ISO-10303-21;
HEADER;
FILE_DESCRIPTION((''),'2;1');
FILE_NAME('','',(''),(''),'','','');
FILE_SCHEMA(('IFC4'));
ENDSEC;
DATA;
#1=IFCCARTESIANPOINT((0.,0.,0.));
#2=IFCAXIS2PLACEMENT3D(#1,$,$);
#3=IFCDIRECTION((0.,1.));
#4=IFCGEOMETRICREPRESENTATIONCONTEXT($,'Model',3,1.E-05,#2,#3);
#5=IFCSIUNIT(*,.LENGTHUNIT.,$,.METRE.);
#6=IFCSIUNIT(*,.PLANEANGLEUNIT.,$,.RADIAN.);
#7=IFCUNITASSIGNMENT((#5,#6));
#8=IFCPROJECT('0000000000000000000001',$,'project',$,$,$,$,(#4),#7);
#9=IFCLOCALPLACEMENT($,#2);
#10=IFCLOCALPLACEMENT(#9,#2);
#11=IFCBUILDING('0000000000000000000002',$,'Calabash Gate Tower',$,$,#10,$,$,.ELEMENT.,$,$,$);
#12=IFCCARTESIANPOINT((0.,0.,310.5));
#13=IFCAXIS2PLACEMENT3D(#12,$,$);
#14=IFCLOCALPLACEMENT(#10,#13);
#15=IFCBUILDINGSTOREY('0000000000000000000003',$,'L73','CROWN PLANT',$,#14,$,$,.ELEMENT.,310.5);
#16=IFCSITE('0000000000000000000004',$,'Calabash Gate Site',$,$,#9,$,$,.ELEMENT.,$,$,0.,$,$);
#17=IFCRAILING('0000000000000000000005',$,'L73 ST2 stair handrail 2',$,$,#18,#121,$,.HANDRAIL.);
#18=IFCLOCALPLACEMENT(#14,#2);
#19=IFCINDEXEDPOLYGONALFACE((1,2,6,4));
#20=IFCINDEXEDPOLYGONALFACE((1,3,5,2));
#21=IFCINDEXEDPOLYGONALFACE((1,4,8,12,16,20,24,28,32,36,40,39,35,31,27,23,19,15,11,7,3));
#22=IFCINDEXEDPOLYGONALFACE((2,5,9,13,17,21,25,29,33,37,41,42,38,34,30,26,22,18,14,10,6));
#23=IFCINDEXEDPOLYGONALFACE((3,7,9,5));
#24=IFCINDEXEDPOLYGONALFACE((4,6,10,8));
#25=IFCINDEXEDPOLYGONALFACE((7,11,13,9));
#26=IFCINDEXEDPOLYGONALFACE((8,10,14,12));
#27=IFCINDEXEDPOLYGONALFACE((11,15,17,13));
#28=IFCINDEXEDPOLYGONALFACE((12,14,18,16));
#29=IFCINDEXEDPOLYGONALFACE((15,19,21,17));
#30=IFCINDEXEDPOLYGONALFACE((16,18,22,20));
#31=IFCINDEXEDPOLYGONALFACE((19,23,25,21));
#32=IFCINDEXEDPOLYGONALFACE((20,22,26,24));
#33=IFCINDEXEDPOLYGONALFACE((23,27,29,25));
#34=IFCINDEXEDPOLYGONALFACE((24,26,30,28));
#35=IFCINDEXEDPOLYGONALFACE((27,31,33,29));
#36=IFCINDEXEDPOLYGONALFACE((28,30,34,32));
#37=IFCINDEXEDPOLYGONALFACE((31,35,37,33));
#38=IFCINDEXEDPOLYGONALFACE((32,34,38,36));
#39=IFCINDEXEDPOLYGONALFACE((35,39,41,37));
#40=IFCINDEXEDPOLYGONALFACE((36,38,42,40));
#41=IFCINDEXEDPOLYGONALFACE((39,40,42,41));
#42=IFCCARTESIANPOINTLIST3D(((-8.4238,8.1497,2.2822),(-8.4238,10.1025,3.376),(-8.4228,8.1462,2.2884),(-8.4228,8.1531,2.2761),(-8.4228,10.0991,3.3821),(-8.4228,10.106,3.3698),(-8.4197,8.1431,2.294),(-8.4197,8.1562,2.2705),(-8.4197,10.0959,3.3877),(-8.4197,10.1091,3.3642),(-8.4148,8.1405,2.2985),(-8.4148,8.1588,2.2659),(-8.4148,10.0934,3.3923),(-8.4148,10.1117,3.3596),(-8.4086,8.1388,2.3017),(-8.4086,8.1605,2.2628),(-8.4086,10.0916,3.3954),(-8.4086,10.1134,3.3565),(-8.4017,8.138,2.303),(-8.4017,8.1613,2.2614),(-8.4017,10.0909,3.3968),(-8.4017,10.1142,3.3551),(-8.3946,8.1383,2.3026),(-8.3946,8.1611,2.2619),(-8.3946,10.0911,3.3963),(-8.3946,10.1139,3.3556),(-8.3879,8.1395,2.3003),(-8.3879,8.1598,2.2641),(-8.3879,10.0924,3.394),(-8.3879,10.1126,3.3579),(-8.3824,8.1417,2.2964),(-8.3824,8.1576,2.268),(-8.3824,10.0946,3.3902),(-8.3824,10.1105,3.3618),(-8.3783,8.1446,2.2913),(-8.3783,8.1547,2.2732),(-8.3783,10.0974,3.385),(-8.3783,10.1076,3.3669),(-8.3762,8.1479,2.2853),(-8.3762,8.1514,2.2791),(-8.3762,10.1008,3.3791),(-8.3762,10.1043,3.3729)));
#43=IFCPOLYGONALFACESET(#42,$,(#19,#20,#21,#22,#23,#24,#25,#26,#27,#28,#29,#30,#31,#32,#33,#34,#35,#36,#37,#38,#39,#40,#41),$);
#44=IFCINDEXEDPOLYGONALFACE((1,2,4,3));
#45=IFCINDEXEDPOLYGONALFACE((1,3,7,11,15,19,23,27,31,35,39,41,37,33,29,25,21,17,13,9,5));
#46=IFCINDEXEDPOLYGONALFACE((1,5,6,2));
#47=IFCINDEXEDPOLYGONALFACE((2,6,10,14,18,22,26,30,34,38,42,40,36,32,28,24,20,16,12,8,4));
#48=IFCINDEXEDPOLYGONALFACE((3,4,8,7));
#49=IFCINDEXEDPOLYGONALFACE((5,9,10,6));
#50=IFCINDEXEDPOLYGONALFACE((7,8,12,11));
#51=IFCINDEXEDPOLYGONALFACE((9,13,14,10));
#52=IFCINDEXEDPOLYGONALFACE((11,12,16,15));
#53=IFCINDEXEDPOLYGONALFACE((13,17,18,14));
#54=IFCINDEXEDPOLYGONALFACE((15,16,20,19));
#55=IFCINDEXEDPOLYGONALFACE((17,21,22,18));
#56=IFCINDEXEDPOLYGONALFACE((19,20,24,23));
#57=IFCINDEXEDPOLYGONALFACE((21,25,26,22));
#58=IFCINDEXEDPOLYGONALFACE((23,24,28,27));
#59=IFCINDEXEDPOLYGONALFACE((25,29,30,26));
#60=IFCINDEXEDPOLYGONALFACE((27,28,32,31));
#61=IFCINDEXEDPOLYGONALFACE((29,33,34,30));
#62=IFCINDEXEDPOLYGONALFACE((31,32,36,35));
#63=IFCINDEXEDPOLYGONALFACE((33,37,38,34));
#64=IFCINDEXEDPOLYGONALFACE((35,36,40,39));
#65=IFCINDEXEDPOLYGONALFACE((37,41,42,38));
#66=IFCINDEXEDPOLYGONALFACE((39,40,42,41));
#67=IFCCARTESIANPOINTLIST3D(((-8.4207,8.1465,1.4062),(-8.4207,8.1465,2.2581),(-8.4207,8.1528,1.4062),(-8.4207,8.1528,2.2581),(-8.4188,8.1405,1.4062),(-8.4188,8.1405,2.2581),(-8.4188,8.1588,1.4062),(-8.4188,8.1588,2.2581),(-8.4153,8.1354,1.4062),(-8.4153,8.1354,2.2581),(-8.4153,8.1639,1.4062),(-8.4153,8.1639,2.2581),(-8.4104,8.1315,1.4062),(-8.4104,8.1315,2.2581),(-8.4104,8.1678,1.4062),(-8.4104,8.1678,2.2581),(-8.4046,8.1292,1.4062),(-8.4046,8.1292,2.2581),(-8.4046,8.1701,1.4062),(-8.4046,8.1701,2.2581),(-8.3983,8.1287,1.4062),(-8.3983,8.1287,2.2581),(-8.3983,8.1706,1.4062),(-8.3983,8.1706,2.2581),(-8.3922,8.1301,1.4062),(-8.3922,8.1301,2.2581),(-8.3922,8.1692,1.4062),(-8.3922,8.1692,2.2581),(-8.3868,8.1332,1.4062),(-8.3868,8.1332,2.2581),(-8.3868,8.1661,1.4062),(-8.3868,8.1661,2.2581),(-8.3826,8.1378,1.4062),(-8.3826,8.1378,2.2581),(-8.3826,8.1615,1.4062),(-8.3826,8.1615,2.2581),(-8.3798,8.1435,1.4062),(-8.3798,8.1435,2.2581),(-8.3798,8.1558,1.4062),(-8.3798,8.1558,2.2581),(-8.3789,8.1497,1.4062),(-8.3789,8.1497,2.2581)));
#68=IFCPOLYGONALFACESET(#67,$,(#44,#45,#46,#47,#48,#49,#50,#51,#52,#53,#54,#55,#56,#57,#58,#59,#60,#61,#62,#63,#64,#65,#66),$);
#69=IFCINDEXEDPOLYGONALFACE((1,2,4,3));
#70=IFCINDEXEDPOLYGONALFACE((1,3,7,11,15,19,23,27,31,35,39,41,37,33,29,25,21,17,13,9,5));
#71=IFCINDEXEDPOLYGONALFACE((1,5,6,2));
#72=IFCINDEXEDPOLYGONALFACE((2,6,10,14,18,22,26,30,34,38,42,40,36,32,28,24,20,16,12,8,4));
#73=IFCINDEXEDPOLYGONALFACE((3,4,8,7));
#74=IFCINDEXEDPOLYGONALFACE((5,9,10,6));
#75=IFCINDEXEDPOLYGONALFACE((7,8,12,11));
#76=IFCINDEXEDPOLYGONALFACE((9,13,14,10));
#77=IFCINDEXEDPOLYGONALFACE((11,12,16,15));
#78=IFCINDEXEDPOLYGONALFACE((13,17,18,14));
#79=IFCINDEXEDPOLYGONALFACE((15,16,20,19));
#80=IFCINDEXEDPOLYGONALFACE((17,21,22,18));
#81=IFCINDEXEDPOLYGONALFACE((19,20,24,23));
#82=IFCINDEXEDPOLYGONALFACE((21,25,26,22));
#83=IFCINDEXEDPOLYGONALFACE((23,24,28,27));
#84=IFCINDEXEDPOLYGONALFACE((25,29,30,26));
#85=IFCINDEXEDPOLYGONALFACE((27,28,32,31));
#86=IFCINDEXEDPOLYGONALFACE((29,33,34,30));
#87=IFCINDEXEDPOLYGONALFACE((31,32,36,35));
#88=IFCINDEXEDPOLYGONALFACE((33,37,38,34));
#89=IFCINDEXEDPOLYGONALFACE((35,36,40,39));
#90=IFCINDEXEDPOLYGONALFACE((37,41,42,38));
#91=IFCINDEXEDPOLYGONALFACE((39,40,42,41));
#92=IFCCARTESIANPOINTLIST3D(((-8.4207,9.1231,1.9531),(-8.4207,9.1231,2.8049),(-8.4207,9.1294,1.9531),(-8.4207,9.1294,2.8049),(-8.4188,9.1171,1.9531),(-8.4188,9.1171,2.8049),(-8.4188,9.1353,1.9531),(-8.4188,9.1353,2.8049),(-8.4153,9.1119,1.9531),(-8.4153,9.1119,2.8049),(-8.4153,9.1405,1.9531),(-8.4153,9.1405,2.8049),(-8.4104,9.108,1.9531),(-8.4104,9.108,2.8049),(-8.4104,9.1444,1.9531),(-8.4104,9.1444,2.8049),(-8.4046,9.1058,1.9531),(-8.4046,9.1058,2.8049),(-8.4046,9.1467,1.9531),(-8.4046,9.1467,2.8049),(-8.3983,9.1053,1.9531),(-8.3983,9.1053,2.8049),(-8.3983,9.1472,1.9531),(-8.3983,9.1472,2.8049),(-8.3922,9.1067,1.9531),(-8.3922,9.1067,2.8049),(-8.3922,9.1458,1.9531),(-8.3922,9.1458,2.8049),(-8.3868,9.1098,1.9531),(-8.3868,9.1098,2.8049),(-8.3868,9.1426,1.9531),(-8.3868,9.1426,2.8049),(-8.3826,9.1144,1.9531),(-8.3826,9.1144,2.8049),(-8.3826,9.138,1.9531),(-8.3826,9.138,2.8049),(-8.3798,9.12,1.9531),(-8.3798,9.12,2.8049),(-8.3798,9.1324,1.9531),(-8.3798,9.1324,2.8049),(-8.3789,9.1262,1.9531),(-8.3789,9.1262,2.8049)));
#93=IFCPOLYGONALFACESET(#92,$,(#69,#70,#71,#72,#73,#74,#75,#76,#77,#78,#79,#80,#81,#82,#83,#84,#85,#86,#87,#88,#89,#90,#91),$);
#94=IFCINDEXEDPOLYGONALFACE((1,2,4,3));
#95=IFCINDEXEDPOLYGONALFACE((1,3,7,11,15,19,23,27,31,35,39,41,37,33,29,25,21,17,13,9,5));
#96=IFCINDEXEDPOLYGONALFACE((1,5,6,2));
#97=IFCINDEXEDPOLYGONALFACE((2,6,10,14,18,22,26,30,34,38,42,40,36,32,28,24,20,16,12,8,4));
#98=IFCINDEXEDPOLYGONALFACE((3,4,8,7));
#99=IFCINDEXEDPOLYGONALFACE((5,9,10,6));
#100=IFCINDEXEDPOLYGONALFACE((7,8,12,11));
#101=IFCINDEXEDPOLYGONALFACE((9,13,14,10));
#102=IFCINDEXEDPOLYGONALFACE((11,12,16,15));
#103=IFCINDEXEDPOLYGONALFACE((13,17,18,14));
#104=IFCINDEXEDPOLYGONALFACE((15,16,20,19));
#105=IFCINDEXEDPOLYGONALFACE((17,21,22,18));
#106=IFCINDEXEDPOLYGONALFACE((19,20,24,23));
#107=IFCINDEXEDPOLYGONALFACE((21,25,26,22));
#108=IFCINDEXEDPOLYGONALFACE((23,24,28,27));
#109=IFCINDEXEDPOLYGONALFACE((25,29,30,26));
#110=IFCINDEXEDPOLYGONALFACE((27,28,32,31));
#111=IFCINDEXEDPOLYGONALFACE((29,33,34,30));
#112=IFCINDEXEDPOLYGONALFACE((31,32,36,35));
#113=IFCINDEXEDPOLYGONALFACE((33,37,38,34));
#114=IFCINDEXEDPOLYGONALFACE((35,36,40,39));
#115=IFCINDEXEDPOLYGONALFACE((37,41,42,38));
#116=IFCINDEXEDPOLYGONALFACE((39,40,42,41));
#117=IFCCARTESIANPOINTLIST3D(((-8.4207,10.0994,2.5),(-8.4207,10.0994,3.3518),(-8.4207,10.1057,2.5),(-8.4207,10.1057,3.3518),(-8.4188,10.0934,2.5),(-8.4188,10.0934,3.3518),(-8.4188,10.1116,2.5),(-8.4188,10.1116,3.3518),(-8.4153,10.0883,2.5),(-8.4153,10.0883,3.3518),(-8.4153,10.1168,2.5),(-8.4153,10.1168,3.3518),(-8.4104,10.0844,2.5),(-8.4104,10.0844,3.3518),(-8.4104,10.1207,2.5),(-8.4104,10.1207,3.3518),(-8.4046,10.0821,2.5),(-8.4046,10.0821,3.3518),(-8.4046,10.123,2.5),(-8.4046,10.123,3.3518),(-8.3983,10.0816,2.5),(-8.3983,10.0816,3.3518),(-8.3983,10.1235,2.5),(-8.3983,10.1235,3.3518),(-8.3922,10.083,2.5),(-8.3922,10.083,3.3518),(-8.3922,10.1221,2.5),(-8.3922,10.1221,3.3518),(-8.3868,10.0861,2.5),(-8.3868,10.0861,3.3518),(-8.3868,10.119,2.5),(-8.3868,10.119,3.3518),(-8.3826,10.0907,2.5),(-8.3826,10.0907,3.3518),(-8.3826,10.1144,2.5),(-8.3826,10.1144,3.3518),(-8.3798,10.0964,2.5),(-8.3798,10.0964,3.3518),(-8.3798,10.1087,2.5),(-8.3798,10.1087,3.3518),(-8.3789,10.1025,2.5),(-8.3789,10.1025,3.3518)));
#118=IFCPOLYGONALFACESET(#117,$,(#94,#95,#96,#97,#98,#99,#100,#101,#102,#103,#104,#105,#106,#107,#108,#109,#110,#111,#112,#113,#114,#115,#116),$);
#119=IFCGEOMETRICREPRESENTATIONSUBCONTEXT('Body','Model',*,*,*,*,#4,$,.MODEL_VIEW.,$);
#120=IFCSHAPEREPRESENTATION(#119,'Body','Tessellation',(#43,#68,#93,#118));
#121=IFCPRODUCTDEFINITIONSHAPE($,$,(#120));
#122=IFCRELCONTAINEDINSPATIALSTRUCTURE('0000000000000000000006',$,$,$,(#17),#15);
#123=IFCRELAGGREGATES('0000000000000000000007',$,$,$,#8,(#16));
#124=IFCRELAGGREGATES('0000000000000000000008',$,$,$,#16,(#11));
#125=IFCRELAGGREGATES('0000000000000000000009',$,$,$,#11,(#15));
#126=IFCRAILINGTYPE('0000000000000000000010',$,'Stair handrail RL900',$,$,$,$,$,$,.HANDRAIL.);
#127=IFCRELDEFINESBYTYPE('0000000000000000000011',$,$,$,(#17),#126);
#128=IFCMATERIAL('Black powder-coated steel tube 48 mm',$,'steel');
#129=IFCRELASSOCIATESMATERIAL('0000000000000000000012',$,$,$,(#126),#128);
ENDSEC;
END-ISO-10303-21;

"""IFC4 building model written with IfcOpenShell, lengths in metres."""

from ifc_helpers import new_model, si_unit, direction, frame, origin, origin_2d, place, context, subcontext, project, spatial, circle, extrude, material, type_object, element, save


model = new_model("IFC4")

# Units and contexts
model_context = context("Model", 3, precision=1e-05, world=origin(), true_north=direction((0.0, 1.0)))
body_context = subcontext(model_context, "Body", "Model", "MODEL_VIEW")
ifc_project = project(units=[si_unit("LENGTHUNIT", "METRE"), si_unit("PLANEANGLEUNIT", "RADIAN")], contexts=[model_context])

# Site, building, storey
site_placement = place(None, origin())
site = spatial("IfcSite", under=ifc_project, at=site_placement, Name="Calabash Gate Site", CompositionType="ELEMENT", RefElevation=0.0)
building_placement = place(site_placement, origin())
building = spatial("IfcBuilding", under=site, at=building_placement, Name="Calabash Gate Tower", CompositionType="ELEMENT")
storey_placement = place(building_placement, frame((0.0, 0.0, 310.5)))
storey = spatial("IfcBuildingStorey", under=building, at=storey_placement, Name="L73", Description="CROWN PLANT", CompositionType="ELEMENT", Elevation=310.5)

# Railing
ifc_material_1 = material(Name="Black powder-coated steel tube 48 mm", Category="steel")
railing_type_1 = type_object("IfcRailingType", Name="Stair handrail RL900", PredefinedType="HANDRAIL", material=ifc_material_1)
railing_1_placement = place(storey_placement, frame((-8.3999, 8.1497, 1.4062)))
element("IfcRailing", 1, at=railing_1_placement, inside=storey, type_object=railing_type_1, Name="L73 ST2 stair handrail 2", PredefinedType="HANDRAIL", context=body_context, shape_type="SweptSolid", body=[
    extrude(circle(Radius=0.0239, at=origin_2d()), frame((0.0, 0.0, 0.876), z_axis=(0.0, 0.87248, 0.48865), x_axis=(-1.0, 0.0, 0.0)), (0.0, 0.0, 1.0), 2.2383),
    extrude(circle(Radius=0.021, at=origin_2d()), origin(), (0.0, 0.0, 1.0), 0.8518),
    extrude(circle(Radius=0.021, at=origin_2d()), frame((0.0, 0.9766, 0.5469)), (0.0, 0.0, 1.0), 0.8518),
    extrude(circle(Radius=0.021, at=origin_2d()), frame((0.0, 1.9529, 1.0938)), (0.0, 0.0, 1.0), 0.8518),
])

save(model, "model.ifc")
